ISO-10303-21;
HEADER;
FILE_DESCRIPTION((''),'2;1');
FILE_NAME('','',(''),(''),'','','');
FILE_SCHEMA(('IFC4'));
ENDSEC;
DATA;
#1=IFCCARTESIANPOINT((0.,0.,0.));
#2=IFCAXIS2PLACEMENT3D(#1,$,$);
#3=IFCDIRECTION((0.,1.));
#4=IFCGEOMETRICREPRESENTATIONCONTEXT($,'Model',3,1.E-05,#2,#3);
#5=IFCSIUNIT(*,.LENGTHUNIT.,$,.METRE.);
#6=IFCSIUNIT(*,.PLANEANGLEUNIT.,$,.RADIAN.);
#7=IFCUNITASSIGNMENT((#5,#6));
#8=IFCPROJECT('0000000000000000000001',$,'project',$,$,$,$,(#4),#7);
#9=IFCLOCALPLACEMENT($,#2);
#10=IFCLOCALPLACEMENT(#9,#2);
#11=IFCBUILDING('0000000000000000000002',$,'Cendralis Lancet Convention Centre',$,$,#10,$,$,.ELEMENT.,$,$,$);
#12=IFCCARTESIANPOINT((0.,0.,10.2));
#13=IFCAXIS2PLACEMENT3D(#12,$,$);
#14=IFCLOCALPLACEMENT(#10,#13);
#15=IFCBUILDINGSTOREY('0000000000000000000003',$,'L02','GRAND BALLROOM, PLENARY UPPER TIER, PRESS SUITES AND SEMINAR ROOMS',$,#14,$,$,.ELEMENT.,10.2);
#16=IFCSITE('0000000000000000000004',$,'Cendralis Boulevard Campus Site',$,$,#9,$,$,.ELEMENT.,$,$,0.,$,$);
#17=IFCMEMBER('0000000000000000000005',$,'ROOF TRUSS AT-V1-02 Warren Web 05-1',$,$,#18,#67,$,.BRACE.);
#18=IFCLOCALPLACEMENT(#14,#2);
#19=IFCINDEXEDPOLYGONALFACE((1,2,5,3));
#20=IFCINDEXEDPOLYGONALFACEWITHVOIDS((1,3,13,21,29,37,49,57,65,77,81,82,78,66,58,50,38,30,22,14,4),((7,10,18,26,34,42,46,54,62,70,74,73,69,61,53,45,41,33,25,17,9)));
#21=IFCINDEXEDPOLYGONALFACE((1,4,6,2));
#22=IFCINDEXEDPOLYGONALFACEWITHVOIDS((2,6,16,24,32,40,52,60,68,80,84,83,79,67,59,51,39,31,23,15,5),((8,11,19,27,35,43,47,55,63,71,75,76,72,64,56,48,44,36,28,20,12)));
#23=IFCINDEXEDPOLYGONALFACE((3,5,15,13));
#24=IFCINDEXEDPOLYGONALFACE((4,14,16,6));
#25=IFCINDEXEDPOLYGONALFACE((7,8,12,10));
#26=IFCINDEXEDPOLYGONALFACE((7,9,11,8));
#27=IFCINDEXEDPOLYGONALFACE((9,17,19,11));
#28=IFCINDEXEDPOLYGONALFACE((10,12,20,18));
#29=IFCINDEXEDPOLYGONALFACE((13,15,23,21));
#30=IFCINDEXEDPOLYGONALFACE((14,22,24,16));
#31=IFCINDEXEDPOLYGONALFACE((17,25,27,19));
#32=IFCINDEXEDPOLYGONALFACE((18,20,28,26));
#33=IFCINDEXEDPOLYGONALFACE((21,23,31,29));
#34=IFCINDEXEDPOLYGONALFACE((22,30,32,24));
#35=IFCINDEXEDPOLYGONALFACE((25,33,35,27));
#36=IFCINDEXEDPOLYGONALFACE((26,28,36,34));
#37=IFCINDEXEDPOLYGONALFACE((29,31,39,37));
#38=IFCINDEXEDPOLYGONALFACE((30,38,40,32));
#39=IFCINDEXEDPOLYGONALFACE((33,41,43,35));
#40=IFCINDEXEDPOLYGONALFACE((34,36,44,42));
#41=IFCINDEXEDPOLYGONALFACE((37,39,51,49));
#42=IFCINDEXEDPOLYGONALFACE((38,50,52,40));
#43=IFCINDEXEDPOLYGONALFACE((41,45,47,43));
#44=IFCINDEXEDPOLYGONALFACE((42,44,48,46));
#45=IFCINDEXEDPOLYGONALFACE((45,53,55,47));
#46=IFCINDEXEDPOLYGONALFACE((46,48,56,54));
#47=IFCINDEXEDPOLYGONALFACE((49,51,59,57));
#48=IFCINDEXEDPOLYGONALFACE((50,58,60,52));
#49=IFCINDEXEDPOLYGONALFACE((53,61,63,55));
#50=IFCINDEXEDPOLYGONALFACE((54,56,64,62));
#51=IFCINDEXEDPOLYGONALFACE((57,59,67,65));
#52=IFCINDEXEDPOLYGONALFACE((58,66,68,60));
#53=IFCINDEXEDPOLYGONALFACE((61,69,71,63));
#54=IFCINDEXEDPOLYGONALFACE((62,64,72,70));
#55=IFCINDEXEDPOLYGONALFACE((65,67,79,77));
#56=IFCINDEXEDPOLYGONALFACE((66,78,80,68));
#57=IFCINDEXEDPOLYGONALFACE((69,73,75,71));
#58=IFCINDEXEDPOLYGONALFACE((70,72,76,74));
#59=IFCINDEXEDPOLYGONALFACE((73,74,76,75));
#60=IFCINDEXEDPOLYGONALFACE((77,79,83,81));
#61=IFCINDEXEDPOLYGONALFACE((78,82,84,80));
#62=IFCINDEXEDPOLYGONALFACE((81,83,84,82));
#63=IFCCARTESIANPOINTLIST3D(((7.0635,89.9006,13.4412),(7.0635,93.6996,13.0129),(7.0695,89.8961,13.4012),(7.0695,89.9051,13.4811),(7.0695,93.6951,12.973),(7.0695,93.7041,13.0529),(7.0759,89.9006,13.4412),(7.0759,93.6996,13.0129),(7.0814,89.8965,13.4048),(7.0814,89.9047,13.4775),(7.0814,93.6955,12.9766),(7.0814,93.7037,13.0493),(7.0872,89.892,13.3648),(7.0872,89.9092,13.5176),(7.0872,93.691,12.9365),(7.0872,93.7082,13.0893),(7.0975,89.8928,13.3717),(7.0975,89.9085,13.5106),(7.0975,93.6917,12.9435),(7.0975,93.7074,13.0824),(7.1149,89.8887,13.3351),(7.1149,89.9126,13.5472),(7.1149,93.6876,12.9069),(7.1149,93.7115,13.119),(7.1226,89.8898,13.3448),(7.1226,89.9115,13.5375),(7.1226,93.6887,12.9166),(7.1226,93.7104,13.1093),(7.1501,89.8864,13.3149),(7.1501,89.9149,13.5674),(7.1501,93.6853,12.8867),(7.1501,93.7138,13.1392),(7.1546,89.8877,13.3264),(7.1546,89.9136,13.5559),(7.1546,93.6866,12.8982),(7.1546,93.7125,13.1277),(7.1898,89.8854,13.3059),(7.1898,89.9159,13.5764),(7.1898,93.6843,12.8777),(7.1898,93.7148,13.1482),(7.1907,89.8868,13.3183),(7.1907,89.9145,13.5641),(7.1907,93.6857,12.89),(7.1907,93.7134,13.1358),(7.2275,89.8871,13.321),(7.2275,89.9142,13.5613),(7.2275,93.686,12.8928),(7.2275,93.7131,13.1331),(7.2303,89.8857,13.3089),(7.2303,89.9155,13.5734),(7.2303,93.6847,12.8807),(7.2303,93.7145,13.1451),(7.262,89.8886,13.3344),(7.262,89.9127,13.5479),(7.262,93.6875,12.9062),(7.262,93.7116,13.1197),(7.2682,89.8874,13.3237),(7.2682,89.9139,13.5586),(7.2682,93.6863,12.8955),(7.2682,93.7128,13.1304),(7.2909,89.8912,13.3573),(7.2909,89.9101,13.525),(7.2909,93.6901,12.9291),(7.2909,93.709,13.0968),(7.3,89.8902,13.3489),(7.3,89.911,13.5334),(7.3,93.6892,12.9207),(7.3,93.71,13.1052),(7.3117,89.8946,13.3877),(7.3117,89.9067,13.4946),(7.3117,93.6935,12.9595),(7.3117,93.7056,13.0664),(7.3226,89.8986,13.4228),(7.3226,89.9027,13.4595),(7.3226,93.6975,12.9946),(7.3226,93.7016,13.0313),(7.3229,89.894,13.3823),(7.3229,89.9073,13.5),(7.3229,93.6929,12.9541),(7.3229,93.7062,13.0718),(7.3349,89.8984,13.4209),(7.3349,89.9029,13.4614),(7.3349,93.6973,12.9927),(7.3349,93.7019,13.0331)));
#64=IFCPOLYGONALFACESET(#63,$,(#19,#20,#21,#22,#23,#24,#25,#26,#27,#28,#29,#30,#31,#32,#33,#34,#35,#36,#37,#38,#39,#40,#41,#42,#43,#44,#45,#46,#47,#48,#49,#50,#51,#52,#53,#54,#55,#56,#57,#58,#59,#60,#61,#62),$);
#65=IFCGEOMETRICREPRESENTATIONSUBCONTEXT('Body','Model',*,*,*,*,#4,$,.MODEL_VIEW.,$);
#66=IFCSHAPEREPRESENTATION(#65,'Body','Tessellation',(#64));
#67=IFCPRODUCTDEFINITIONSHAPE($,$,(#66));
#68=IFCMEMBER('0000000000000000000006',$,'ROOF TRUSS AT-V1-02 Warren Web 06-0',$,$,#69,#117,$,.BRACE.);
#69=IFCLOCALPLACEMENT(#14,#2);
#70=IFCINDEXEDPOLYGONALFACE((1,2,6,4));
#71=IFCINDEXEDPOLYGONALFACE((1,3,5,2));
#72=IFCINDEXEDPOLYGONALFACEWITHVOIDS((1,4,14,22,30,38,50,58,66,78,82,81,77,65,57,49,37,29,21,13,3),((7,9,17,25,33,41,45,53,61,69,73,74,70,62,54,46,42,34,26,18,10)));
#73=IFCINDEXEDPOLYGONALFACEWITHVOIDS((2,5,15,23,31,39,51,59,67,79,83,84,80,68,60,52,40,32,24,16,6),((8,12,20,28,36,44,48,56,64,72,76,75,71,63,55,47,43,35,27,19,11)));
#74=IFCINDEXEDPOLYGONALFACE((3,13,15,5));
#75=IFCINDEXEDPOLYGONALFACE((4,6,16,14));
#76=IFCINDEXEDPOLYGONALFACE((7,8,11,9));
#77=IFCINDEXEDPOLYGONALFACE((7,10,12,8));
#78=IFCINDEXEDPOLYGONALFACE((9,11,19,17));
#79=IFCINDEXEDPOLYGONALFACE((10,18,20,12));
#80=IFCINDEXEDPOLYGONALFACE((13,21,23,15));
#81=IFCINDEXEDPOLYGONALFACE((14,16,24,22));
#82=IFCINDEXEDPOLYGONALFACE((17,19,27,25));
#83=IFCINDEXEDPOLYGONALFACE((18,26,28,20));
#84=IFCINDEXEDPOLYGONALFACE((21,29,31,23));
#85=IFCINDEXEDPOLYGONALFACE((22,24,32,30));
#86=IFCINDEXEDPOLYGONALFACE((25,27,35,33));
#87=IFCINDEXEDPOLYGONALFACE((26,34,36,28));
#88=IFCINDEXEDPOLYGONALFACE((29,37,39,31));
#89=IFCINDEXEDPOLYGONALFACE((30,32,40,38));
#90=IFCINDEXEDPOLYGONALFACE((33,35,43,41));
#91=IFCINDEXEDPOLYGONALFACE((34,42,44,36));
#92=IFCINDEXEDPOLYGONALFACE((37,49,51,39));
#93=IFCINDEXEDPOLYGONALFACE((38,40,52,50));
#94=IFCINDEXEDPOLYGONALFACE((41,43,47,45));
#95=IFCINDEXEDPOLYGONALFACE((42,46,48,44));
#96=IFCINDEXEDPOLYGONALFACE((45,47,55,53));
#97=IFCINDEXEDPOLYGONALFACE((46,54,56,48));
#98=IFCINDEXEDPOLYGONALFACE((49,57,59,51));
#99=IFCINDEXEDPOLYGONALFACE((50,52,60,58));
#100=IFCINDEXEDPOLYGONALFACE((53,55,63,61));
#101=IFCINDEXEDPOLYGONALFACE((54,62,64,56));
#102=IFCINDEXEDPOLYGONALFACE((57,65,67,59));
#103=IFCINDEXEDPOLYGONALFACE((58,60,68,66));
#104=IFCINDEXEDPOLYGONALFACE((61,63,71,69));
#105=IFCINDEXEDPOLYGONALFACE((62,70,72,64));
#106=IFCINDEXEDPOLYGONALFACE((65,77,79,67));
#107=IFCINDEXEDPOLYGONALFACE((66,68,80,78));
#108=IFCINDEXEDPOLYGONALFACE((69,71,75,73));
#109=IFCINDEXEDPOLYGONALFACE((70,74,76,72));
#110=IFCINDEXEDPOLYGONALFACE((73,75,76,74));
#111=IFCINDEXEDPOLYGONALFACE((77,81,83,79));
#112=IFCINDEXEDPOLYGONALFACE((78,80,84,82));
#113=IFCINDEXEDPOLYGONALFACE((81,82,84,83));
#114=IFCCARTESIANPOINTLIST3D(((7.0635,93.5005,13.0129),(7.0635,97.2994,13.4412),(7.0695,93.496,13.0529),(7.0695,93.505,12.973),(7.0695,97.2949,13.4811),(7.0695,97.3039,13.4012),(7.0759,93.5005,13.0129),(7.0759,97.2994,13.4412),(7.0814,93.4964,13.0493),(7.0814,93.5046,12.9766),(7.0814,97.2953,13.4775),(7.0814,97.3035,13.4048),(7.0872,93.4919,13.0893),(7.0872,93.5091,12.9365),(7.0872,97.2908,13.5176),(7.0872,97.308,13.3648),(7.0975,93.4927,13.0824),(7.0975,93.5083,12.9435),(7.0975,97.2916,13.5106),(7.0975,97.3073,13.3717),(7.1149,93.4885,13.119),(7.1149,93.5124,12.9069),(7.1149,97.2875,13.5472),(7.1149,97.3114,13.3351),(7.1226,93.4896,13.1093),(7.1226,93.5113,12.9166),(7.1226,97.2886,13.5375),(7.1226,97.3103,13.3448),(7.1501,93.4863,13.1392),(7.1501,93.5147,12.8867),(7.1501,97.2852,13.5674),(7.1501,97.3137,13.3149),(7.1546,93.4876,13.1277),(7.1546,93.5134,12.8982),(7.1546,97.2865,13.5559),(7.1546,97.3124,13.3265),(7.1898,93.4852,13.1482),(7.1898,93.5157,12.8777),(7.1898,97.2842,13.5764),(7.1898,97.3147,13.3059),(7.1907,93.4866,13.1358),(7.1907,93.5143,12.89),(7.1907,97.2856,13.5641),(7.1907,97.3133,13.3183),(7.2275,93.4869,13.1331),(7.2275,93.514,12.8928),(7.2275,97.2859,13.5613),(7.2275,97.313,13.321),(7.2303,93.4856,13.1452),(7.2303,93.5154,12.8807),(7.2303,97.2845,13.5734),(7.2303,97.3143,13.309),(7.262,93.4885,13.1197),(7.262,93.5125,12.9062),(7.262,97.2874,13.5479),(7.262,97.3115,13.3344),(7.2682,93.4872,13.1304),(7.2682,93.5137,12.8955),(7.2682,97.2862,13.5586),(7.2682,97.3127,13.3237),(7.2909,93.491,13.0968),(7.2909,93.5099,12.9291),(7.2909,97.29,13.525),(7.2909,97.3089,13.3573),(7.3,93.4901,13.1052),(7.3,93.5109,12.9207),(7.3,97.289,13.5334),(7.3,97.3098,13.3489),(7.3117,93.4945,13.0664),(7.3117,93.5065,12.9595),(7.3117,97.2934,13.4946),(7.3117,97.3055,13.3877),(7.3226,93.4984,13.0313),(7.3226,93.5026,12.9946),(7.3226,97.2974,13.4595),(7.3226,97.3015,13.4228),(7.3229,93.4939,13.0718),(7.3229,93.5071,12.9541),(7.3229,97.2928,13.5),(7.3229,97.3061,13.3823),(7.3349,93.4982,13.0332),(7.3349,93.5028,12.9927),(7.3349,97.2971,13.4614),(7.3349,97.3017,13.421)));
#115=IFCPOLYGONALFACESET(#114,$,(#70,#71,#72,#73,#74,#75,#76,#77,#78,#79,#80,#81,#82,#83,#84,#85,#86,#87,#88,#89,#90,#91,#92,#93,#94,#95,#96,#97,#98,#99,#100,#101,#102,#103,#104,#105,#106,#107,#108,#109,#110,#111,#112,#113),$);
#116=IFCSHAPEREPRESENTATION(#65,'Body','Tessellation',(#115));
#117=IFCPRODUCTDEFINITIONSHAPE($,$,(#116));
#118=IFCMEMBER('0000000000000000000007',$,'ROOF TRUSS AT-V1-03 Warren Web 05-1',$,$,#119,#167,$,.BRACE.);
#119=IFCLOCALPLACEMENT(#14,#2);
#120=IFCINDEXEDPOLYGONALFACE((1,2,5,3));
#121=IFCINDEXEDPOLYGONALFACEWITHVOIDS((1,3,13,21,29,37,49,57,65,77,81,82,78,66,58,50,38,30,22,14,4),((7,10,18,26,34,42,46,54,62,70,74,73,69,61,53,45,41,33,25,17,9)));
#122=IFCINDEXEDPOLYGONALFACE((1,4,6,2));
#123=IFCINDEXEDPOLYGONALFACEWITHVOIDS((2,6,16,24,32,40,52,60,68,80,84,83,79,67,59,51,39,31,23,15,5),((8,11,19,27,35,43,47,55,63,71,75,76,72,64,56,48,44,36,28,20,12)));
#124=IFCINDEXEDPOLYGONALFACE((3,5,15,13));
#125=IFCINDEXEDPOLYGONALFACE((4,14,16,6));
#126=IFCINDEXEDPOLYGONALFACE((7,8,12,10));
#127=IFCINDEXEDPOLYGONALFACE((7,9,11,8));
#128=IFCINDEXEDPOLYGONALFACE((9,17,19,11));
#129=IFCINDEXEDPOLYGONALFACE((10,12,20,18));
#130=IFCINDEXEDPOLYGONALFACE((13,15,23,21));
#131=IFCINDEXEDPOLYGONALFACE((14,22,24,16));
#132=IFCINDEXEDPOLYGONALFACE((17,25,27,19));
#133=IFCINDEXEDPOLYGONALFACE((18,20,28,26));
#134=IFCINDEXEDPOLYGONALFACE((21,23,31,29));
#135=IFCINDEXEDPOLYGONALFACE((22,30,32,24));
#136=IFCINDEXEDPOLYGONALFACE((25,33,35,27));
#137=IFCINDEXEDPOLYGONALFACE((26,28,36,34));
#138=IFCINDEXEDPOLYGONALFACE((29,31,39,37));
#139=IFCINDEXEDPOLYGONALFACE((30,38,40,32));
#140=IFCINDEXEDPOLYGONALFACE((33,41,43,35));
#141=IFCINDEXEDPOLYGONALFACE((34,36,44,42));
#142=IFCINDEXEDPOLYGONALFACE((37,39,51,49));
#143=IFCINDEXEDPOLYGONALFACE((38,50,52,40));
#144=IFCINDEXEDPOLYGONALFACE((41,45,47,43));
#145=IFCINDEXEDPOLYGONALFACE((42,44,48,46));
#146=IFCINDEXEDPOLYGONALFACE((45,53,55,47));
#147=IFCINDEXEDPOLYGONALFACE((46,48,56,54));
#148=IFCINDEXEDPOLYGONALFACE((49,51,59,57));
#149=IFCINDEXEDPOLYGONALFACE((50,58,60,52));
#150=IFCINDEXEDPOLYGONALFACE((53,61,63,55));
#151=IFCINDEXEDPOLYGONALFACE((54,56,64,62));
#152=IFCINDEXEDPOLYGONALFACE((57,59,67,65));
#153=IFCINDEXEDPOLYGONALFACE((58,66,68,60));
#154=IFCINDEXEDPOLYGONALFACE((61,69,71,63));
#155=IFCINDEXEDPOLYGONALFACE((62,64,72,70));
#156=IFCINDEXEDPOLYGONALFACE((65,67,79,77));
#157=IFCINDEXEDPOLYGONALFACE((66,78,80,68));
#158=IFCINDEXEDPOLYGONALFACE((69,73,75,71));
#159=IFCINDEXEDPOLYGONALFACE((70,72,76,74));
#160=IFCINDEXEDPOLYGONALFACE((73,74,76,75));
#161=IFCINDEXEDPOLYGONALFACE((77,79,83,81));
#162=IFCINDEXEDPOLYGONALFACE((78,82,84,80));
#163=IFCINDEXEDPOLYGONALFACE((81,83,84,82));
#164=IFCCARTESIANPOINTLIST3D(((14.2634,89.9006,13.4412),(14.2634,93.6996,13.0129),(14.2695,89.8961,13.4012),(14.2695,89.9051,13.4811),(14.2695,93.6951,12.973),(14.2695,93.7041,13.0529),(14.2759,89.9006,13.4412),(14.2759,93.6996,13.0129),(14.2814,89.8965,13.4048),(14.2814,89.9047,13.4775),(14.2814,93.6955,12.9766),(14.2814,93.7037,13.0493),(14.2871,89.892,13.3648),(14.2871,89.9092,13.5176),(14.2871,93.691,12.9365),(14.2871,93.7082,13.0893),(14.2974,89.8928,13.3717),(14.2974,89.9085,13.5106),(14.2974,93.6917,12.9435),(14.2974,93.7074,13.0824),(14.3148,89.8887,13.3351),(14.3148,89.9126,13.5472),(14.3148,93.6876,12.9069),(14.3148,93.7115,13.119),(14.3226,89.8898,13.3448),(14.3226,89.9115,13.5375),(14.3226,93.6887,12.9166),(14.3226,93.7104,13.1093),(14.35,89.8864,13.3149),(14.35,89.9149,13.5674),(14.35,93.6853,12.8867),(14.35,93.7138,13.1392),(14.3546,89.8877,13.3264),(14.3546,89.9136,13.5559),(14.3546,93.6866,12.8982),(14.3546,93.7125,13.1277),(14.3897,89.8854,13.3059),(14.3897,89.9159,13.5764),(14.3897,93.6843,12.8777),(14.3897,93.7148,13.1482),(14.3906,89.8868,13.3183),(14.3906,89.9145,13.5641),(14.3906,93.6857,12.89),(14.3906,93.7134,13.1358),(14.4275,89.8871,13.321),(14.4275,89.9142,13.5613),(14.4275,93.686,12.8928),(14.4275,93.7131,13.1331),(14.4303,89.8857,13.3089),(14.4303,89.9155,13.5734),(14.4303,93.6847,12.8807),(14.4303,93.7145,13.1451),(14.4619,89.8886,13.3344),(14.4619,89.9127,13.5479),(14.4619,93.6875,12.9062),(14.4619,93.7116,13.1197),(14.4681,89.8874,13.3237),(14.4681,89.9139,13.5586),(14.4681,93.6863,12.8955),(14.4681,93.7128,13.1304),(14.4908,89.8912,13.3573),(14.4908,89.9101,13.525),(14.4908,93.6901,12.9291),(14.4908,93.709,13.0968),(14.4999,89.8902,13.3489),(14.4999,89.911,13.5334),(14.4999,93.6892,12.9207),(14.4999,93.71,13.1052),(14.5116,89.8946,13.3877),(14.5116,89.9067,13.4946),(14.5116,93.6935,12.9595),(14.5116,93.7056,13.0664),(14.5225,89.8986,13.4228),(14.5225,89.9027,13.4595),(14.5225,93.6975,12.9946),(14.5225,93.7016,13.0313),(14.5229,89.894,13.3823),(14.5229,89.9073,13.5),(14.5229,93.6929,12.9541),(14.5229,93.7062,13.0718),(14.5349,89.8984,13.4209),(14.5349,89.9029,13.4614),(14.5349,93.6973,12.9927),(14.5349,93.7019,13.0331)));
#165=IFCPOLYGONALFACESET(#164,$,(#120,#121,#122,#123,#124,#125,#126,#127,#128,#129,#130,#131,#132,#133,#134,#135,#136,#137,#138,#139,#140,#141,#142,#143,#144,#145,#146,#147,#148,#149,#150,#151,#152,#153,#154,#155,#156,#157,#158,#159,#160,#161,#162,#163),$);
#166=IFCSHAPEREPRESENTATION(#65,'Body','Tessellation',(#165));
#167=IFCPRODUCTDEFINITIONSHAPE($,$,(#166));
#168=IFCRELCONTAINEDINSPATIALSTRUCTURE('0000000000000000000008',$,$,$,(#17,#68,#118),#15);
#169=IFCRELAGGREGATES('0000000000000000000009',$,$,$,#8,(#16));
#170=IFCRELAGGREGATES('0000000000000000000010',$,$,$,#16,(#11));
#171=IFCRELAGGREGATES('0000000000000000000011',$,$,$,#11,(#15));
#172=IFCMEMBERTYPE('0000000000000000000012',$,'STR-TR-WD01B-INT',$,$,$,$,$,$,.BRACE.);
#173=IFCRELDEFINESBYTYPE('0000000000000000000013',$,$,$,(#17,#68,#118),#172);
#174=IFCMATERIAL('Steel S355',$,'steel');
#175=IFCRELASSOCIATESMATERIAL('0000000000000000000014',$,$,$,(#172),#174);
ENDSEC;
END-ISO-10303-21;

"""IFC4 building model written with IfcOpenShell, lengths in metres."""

from ifc_helpers import new_model, si_unit, direction, frame, origin, origin_2d, place, context, subcontext, project, spatial, hollow_circle, extrude, material, material_profile, profile_set, type_object, element, save


model = new_model("IFC4")

# Units and contexts
model_context = context("Model", 3, precision=1e-05, world=origin(), true_north=direction((0.0, 1.0)))
body_context = subcontext(model_context, "Body", "Model", "MODEL_VIEW")
ifc_project = project(units=[si_unit("LENGTHUNIT", "METRE"), si_unit("PLANEANGLEUNIT", "RADIAN")], contexts=[model_context])

# Site, building, storey
site_placement = place(None, origin())
site = spatial("IfcSite", under=ifc_project, at=site_placement, Name="Cendralis Boulevard Campus Site", CompositionType="ELEMENT", RefElevation=0.0)
building_placement = place(site_placement, origin())
building = spatial("IfcBuilding", under=site, at=building_placement, Name="Cendralis Lancet Convention Centre", CompositionType="ELEMENT")
storey_placement = place(building_placement, frame((0.0, 0.0, 10.2)))
storey = spatial("IfcBuildingStorey", under=building, at=storey_placement, Name="L02", Description="GRAND BALLROOM, PLENARY UPPER TIER, PRESS SUITES AND SEMINAR ROOMS", CompositionType="ELEMENT", Elevation=10.2)

# Members
ifc_material = material(Name="Steel S355", Category="steel")
ifc_material_profile_1 = material_profile(ifc_material, hollow_circle(Radius=0.1365, WallThickness=0.0125, at=origin_2d()), Name="CHS 273.0x12.5")
ifc_profile_set_1 = profile_set([ifc_material_profile_1], Name="Steel S355")
member_type_1 = type_object("IfcMemberType", Name="STR-TR-WD01B-INT", PredefinedType="BRACE", material=ifc_profile_set_1)
for number, where, z_axis, x_axis, name in (
    (1, (7.2, 89.9006, 13.4412), (0.0, 0.993706, -0.112015), (-1.0, 0.0, 0.0), "ROOF TRUSS AT-V1-02 Warren Web 05-1"),
    (2, (7.2, 93.5005, 13.0129), (0.0, 0.993706, 0.112015), (-1.0, 0.0, 0.0), "ROOF TRUSS AT-V1-02 Warren Web 06-0"),
    (3, (14.3999, 89.9006, 13.4412), (0.0, 0.993706, -0.112015), (-1.0, 0.0, 0.0), "ROOF TRUSS AT-V1-03 Warren Web 05-1"),
):
    element("IfcMember", number, at=place(storey_placement, frame(where, z_axis=z_axis, x_axis=x_axis)), inside=storey, type_object=member_type_1, Name=name, PredefinedType="BRACE", context=body_context, shape_type="SweptSolid", body=[
        extrude(hollow_circle(Radius=0.1365, WallThickness=0.0125, at=origin_2d()), origin(), (0.0, 0.0, 1.0), 3.823),
    ])

save(model, "model.ifc")
